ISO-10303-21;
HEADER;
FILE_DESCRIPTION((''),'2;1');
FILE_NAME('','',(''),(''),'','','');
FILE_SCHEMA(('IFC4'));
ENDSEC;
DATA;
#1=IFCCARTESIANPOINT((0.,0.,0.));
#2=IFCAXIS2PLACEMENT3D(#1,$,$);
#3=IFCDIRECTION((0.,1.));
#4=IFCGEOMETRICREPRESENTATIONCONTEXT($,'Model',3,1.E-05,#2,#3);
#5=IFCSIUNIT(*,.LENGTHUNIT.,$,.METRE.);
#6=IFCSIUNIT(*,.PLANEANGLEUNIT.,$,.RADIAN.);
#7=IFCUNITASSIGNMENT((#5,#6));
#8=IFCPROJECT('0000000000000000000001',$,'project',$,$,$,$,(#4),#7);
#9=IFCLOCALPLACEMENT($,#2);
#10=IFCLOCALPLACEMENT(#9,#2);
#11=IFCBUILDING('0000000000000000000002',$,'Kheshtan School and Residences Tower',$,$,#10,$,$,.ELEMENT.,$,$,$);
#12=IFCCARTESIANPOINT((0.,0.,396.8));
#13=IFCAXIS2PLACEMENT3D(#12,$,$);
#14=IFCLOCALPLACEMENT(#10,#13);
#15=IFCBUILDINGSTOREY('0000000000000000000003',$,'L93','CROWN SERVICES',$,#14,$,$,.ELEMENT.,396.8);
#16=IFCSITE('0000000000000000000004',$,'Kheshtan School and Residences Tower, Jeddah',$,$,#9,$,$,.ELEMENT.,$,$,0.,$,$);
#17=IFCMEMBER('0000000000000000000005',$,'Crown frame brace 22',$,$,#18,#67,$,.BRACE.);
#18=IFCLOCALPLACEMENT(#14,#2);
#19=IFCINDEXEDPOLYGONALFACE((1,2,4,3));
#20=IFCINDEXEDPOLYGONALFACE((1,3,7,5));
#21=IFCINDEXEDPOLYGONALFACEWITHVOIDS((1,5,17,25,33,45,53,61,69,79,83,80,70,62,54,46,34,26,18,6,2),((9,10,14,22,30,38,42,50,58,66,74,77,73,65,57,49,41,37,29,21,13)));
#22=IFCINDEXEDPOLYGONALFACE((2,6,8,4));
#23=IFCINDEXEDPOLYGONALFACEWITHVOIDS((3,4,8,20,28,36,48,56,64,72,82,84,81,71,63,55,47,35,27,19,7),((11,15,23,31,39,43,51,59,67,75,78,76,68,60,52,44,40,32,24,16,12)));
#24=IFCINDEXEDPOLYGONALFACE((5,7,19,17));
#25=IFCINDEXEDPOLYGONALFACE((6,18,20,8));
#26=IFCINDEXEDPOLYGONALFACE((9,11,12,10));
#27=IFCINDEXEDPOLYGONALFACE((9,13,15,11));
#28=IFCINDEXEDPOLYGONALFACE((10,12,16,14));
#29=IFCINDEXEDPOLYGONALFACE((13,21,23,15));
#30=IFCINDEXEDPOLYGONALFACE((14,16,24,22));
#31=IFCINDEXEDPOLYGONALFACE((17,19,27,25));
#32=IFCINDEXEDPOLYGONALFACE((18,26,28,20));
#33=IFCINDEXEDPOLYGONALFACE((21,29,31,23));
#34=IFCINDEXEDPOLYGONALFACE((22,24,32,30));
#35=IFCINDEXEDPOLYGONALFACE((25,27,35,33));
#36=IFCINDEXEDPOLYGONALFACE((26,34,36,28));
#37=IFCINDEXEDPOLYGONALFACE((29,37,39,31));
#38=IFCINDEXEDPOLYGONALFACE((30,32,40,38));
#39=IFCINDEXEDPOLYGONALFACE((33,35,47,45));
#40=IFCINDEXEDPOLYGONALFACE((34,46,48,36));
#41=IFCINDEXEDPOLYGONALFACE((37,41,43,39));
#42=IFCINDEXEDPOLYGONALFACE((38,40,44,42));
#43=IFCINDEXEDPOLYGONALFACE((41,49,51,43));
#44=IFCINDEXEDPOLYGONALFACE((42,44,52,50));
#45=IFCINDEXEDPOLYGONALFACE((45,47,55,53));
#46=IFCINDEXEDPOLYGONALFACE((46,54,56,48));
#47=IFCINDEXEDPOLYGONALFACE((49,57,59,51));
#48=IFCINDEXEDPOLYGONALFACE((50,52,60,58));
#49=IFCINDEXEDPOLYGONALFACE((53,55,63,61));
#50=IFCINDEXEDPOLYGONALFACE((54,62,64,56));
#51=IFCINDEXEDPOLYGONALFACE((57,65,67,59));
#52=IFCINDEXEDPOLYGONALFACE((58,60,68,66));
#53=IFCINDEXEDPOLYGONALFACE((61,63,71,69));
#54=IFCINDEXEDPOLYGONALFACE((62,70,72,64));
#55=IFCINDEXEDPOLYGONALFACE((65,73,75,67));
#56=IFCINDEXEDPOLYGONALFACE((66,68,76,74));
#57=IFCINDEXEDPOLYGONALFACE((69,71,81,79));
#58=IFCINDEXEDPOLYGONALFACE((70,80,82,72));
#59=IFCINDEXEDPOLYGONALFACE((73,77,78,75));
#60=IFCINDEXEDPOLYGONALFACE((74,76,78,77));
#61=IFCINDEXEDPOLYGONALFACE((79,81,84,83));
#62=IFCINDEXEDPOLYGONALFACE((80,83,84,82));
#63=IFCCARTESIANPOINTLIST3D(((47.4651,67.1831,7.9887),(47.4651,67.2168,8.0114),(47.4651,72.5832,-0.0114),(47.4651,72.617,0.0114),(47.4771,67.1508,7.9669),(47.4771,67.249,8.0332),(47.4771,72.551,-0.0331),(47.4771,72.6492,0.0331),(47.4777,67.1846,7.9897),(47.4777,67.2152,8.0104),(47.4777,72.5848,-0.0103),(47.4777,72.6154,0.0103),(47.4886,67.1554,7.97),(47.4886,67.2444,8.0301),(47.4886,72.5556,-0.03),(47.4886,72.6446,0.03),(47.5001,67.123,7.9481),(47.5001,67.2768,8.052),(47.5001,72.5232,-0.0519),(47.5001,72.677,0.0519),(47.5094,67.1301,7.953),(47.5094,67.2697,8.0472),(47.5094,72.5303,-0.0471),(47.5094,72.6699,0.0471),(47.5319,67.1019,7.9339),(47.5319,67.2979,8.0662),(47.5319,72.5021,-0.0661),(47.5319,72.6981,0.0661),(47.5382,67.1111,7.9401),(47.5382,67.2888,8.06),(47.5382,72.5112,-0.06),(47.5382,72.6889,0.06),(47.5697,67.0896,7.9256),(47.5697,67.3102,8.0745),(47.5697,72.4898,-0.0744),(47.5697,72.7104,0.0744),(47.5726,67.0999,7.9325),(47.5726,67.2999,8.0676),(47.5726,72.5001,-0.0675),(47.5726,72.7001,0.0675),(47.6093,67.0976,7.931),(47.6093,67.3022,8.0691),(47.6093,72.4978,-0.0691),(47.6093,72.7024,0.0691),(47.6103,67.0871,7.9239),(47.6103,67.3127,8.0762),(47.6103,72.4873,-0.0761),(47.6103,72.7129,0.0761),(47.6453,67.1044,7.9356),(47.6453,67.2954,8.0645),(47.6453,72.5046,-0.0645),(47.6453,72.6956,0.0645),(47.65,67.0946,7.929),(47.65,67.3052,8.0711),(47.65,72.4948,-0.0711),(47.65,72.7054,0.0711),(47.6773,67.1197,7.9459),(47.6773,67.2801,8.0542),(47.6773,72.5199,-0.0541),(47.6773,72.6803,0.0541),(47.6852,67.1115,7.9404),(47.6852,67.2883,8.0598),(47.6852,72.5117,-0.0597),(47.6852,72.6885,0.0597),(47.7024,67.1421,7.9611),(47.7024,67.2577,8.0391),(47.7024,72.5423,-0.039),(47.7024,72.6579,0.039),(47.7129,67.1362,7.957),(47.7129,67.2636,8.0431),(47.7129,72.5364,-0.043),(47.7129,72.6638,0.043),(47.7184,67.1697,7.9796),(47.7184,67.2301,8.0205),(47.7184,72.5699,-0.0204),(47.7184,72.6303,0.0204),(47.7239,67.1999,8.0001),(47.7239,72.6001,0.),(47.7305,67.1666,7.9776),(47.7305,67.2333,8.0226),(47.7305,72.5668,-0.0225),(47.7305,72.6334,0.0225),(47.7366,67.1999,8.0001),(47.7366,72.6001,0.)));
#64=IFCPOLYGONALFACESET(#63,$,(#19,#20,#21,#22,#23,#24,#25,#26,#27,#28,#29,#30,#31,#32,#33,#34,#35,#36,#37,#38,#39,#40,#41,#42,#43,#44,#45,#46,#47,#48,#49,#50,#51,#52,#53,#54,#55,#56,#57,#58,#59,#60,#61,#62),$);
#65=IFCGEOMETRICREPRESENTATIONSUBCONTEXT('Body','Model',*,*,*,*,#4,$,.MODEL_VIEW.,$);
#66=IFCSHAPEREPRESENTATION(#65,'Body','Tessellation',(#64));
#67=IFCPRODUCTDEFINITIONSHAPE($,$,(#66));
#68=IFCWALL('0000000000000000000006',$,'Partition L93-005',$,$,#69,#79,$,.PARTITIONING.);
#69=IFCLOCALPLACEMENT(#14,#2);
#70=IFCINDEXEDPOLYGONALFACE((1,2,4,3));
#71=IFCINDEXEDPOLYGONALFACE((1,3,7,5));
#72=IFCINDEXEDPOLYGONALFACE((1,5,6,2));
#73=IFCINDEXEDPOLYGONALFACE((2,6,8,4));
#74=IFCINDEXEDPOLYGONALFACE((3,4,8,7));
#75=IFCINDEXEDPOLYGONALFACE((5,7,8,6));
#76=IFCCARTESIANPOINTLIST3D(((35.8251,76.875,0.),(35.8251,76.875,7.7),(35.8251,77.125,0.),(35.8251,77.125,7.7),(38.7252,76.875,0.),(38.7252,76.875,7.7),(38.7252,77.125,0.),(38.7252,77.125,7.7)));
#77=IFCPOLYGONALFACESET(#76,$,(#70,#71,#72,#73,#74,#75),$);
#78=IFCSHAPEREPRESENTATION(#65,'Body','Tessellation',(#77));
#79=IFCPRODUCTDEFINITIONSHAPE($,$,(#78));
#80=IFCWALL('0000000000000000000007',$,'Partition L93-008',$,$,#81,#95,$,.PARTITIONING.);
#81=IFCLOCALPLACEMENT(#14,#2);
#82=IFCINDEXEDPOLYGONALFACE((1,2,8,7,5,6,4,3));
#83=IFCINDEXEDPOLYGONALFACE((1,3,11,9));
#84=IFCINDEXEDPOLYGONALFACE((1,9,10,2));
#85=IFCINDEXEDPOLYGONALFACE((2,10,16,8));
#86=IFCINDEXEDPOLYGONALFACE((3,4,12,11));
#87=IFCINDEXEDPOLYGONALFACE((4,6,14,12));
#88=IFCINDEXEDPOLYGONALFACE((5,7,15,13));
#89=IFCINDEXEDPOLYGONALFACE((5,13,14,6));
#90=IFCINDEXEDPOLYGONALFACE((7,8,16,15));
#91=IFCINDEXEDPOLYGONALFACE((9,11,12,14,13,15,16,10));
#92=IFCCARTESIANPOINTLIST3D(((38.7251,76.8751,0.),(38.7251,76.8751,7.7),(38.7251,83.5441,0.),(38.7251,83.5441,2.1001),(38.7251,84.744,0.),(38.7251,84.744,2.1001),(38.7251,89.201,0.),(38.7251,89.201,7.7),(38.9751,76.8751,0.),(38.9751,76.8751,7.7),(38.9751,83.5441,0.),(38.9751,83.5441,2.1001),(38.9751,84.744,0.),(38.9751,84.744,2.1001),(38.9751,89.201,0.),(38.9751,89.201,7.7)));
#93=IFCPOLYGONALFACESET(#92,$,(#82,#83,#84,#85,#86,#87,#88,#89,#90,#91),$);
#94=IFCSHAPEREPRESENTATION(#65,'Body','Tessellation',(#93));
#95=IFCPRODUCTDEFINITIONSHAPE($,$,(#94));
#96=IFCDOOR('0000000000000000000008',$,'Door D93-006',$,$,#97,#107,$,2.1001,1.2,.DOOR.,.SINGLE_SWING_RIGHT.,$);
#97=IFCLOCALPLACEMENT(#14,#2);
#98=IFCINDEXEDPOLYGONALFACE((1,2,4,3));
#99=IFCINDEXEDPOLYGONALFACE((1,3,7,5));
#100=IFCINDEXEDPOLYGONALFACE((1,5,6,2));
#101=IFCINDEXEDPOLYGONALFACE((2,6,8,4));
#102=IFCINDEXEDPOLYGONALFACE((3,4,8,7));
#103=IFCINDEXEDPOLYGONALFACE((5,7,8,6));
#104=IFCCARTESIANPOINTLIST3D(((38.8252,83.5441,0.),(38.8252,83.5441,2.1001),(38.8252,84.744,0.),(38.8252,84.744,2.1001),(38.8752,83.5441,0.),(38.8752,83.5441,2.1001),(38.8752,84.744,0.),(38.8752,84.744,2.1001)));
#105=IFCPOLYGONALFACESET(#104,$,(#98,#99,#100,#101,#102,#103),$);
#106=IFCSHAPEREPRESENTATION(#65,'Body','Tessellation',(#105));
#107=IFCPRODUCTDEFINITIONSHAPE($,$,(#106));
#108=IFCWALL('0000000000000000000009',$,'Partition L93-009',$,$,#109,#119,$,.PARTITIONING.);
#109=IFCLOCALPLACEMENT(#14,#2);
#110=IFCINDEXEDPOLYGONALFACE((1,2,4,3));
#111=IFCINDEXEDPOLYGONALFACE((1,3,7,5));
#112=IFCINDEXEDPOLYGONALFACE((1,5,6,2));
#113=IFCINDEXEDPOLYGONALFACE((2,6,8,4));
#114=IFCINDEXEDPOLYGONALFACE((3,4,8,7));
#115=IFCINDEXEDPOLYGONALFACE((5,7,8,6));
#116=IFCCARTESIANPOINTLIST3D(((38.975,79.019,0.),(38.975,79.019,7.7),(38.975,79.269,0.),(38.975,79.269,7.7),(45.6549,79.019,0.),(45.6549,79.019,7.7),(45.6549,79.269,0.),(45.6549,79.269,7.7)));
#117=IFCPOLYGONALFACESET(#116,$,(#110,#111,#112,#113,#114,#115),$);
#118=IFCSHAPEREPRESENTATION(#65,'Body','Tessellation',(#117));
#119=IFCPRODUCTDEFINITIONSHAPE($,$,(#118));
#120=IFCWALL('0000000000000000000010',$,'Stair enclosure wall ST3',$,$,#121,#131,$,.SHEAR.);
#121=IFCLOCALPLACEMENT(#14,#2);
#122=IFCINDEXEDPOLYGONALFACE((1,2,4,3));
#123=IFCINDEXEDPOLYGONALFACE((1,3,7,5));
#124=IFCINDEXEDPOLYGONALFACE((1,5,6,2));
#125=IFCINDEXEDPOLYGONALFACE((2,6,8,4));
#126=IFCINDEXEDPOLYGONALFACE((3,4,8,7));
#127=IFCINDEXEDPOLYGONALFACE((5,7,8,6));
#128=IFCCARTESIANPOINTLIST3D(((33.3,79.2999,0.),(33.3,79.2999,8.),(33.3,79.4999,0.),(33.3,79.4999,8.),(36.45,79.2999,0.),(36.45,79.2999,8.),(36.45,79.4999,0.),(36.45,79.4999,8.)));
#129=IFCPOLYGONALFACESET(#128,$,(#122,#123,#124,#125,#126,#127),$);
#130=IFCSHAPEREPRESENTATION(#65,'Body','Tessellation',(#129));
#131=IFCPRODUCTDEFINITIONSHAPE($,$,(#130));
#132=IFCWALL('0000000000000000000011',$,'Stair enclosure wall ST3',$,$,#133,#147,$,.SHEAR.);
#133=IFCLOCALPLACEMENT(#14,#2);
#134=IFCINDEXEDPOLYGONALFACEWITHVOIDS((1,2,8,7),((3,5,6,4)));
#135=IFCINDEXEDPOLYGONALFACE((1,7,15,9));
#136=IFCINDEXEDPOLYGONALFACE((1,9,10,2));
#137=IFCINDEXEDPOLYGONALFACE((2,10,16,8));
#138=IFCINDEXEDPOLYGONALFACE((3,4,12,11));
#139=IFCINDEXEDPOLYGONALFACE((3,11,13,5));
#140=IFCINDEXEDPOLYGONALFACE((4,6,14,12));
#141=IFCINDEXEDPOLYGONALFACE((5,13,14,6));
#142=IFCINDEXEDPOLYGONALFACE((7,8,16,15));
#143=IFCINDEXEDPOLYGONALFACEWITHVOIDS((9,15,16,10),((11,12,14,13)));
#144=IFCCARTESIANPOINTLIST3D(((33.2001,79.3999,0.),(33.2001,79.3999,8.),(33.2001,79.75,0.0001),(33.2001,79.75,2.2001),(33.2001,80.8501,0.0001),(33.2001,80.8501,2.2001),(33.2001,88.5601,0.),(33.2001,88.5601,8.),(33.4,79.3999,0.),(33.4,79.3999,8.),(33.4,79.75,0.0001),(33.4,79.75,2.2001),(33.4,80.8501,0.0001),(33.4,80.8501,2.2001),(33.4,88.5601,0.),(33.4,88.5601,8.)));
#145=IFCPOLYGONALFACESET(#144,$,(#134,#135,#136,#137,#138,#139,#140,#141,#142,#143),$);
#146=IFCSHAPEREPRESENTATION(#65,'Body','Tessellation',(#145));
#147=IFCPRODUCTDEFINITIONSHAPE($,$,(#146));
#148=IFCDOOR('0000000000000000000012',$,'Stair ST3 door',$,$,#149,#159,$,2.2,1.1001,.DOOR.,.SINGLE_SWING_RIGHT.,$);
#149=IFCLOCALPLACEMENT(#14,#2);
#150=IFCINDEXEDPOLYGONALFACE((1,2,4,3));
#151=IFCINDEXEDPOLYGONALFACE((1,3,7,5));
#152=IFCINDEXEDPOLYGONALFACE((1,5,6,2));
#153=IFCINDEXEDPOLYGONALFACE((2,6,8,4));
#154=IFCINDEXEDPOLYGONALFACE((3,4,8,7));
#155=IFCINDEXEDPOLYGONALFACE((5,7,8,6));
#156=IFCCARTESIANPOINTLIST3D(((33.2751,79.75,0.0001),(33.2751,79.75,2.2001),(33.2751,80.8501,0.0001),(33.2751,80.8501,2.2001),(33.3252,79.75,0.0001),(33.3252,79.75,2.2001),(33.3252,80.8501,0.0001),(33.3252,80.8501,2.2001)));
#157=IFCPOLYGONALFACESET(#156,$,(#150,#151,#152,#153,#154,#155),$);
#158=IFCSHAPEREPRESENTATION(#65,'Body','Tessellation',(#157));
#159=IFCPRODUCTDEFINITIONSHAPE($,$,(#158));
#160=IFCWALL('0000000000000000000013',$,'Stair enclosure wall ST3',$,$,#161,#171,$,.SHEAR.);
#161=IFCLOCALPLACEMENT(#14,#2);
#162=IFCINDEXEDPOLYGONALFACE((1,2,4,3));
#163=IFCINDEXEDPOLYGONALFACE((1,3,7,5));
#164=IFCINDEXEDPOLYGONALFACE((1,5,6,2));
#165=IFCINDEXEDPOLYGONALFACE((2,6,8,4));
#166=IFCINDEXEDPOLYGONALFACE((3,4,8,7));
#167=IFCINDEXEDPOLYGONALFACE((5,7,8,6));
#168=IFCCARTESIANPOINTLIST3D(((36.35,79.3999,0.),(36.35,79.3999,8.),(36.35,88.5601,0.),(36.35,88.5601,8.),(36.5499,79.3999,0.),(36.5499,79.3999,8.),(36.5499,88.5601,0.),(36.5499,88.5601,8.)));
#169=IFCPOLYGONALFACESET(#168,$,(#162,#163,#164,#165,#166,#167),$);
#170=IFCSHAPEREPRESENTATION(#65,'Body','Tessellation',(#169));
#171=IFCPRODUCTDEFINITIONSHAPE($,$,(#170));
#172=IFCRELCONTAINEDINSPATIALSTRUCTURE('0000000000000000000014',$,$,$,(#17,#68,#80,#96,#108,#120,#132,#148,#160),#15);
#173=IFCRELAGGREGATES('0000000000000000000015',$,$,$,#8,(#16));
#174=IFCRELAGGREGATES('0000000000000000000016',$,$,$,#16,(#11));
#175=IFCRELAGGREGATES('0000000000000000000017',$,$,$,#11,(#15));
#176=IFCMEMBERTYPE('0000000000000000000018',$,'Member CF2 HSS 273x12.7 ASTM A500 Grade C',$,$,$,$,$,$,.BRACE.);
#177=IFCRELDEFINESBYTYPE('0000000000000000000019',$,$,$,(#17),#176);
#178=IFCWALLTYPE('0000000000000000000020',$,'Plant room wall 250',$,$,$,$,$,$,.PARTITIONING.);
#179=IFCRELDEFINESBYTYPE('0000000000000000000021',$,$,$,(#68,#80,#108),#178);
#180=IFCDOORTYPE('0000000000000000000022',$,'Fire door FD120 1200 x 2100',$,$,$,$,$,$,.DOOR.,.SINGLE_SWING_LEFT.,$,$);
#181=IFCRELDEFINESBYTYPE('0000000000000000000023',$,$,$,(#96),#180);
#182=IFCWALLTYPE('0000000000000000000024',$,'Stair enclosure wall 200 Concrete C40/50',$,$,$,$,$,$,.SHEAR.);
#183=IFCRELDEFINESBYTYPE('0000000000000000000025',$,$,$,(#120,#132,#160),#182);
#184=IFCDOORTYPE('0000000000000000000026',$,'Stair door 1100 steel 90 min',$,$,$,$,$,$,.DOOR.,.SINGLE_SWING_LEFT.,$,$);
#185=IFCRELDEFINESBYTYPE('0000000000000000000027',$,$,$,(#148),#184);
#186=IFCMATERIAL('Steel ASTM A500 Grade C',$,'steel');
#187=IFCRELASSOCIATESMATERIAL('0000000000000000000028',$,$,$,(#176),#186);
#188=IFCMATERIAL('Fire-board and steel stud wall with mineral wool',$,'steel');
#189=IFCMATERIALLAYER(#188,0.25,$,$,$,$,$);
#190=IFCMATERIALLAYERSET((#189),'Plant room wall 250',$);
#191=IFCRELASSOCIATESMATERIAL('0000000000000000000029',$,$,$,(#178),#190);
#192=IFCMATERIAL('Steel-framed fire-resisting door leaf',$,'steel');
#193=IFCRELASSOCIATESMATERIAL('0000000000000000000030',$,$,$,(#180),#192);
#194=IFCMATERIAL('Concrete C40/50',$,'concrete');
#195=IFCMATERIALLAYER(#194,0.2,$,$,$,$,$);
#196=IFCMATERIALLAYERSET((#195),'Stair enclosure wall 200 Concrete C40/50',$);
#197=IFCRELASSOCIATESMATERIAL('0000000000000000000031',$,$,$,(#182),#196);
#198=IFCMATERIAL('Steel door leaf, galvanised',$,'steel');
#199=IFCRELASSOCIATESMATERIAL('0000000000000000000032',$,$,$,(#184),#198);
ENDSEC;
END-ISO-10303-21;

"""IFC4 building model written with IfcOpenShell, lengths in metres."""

from ifc_helpers import new_model, si_unit, direction, frame, frame_2d, origin, origin_2d, place, context, subcontext, project, spatial, rectangle, hollow_circle, extrude, source, transform, mapped, material, layer, layer_set, material_profile, profile_set, type_object, element, fill, save


model = new_model("IFC4")

# Units and contexts
model_context = context("Model", 3, precision=1e-05, world=origin(), true_north=direction((0.0, 1.0)))
body_context = subcontext(model_context, "Body", "Model", "MODEL_VIEW")
ifc_project = project(units=[si_unit("LENGTHUNIT", "METRE"), si_unit("PLANEANGLEUNIT", "RADIAN")], contexts=[model_context])

# Site, building, storey
site_placement = place(None, origin())
site = spatial("IfcSite", under=ifc_project, at=site_placement, Name="Kheshtan School and Residences Tower, Jeddah", CompositionType="ELEMENT", RefElevation=0.0)
building_placement = place(site_placement, origin())
building = spatial("IfcBuilding", under=site, at=building_placement, Name="Kheshtan School and Residences Tower", CompositionType="ELEMENT")
storey_placement = place(building_placement, frame((0.0, 0.0, 396.8)))
storey = spatial("IfcBuildingStorey", under=building, at=storey_placement, Name="L93", Description="CROWN SERVICES", CompositionType="ELEMENT", Elevation=396.8)

# Shared definitions
ifc_material_1 = material(Name="Steel ASTM A500 Grade C", Category="steel")

# Member
ifc_material_profile_1 = material_profile(ifc_material_1, hollow_circle(Radius=0.1365, WallThickness=0.0127, at=origin_2d()), Name="HSS 273x12.7")
ifc_profile_set_1 = profile_set([ifc_material_profile_1], Name="Steel ASTM A500 Grade C")
member_type = type_object("IfcMemberType", Name="Member CF2 HSS 273x12.7 ASTM A500 Grade C", PredefinedType="BRACE", material=ifc_profile_set_1)
member_1_placement = place(storey_placement, frame((47.6001, 72.6001, 0.0), z_axis=(0.0, -0.559483, 0.828842), x_axis=(1.0, 0.0, 0.0)))
element("IfcMember", 1, at=member_1_placement, inside=storey, type_object=member_type, Name="Crown frame brace 22", PredefinedType="BRACE", context=body_context, shape_type="SweptSolid", body=[
    extrude(hollow_circle(Radius=0.1365, WallThickness=0.0127, at=origin_2d()), origin(), (0.0, 0.0, 1.0), 9.6521),
])

# Wall
ifc_material_2 = material(Name="Fire-board and steel stud wall with mineral wool", Category="steel")
ifc_layer_1 = layer(ifc_material_2, 0.25)
ifc_layer_set_1 = layer_set([ifc_layer_1], Name="Plant room wall 250")
wall_type_1 = type_object("IfcWallType", Name="Plant room wall 250", PredefinedType="PARTITIONING", material=ifc_layer_set_1)
wall_1_placement = place(storey_placement, frame((35.825, 77.0, 0.0), z_axis=(0.0, 0.0, 1.0), x_axis=(1.0, 0.0, 0.0)))
element("IfcWall", 2, at=wall_1_placement, inside=storey, type_object=wall_type_1, Name="Partition L93-005", PredefinedType="PARTITIONING", context=body_context, shape_type="SweptSolid", body=[
    extrude(rectangle(XDim=2.9001, YDim=0.25, at=frame_2d((1.4502, 0.0))), origin(), (0.0, 0.0, 1.0), 7.7),
])

# Wall, opening, door
wall_2_placement = place(storey_placement, frame((38.8501, 76.875, 0.0), z_axis=(0.0, 0.0, 1.0), x_axis=(0.0, 1.0, 0.0)))
wall_2 = element("IfcWall", 3, at=wall_2_placement, inside=storey, type_object=wall_type_1, Name="Partition L93-008", PredefinedType="PARTITIONING", context=body_context, shape_type="SweptSolid", body=[
    extrude(rectangle(XDim=12.3259, YDim=0.25, at=frame_2d((6.1631, 0.0))), origin(), (0.0, 0.0, 1.0), 7.7),
])
opening_1_placement = place(wall_2_placement, frame((6.6689, 0.0, 0.0)))
opening_1 = element("IfcOpeningElement", 4, at=opening_1_placement, cuts=wall_2, PredefinedType="OPENING", context=body_context, shape_type="SweptSolid", body=[
    extrude(rectangle(XDim=1.2, YDim=2.1001, at=frame_2d((0.6001, 1.05))), frame((0.0, 0.135, 0.0), z_axis=(0.0, -1.0, 0.0), x_axis=(1.0, 0.0, 0.0)), (0.0, 0.0, 1.0), 0.27),
])
ifc_material_3 = material(Name="Steel-framed fire-resisting door leaf", Category="steel")
door_type_1 = type_object("IfcDoorType", Name="Fire door FD120 1200 x 2100", OperationType="SINGLE_SWING_LEFT", PredefinedType="DOOR", material=ifc_material_3)
shared_shape_1 = source(origin(), body_context, "Body", "SweptSolid", [
    extrude(rectangle(XDim=1.2, YDim=2.1001, at=frame_2d((0.6001, 1.05))), frame((0.0, 0.0249, 0.0), z_axis=(0.0, -1.0, 0.0), x_axis=(1.0, 0.0, 0.0)), (0.0, 0.0, 1.0), 0.05),
])
door_1_placement = place(opening_1_placement, origin())
door_1 = element("IfcDoor", 5, at=door_1_placement, inside=storey, type_object=door_type_1, Name="Door D93-006", OperationType="SINGLE_SWING_RIGHT", OverallHeight=2.1001, OverallWidth=1.2, PredefinedType="DOOR", context=body_context, shape_type="MappedRepresentation", body=[
    mapped(shared_shape_1, transform((0.0, 0.0, 0.0), x_axis=(1.0, 0.0, 0.0), y_axis=(0.0, 1.0, 0.0), z_axis=(0.0, 0.0, 1.0), scale=1.0)),
])
fill(opening_1, door_1)

# Walls
wall_3_placement = place(storey_placement, frame((38.9751, 79.144, 0.0), z_axis=(0.0, 0.0, 1.0), x_axis=(1.0, 0.0, 0.0)))
element("IfcWall", 6, at=wall_3_placement, inside=storey, type_object=wall_type_1, Name="Partition L93-009", PredefinedType="PARTITIONING", context=body_context, shape_type="SweptSolid", body=[
    extrude(rectangle(XDim=6.6799, YDim=0.25, at=frame_2d((3.3398, 0.0))), origin(), (0.0, 0.0, 1.0), 7.7),
])
ifc_material_4 = material(Name="Concrete C40/50", Category="concrete")
ifc_layer_2 = layer(ifc_material_4, 0.2)
ifc_layer_set_2 = layer_set([ifc_layer_2], Name="Stair enclosure wall 200 Concrete C40/50")
wall_type_2 = type_object("IfcWallType", Name="Stair enclosure wall 200 Concrete C40/50", PredefinedType="SHEAR", material=ifc_layer_set_2)
wall_4_placement = place(storey_placement, frame((33.3, 79.3999, 0.0), z_axis=(0.0, 0.0, 1.0), x_axis=(1.0, 0.0, 0.0)))
element("IfcWall", 7, at=wall_4_placement, inside=storey, type_object=wall_type_2, Name="Stair enclosure wall ST3", PredefinedType="SHEAR", context=body_context, shape_type="SweptSolid", body=[
    extrude(rectangle(XDim=3.1499, YDim=0.2, at=frame_2d((1.575, 0.0))), origin(), (0.0, 0.0, 1.0), 8.0),
])

# Wall, opening, door
wall_5_placement = place(storey_placement, frame((33.3, 79.3999, 0.0), z_axis=(0.0, 0.0, 1.0), x_axis=(0.0, 1.0, 0.0)))
wall_5 = element("IfcWall", 8, at=wall_5_placement, inside=storey, type_object=wall_type_2, Name="Stair enclosure wall ST3", PredefinedType="SHEAR", context=body_context, shape_type="SweptSolid", body=[
    extrude(rectangle(XDim=9.1602, YDim=0.2, at=frame_2d((4.5801, 0.0))), origin(), (0.0, 0.0, 1.0), 8.0),
])
opening_2_placement = place(wall_5_placement, frame((0.3501, 0.0, 0.0)))
opening_2 = element("IfcOpeningElement", 9, at=opening_2_placement, cuts=wall_5, PredefinedType="OPENING", context=body_context, shape_type="SweptSolid", body=[
    extrude(rectangle(XDim=1.1001, YDim=2.2, at=frame_2d((0.55, 1.1001))), frame((0.0, 0.1099, 0.0), z_axis=(0.0, -1.0, 0.0), x_axis=(1.0, 0.0, 0.0)), (0.0, 0.0, 1.0), 0.22),
])
ifc_material_5 = material(Name="Steel door leaf, galvanised", Category="steel")
door_type_2 = type_object("IfcDoorType", Name="Stair door 1100 steel 90 min", OperationType="SINGLE_SWING_LEFT", PredefinedType="DOOR", material=ifc_material_5)
shared_shape_2 = source(origin(), body_context, "Body", "SweptSolid", [
    extrude(rectangle(XDim=1.1001, YDim=2.2, at=frame_2d((0.55, 1.1001))), frame((0.0, 0.0249, 0.0), z_axis=(0.0, -1.0, 0.0), x_axis=(1.0, 0.0, 0.0)), (0.0, 0.0, 1.0), 0.05),
])
door_2_placement = place(opening_2_placement, origin())
door_2 = element("IfcDoor", 10, at=door_2_placement, inside=storey, type_object=door_type_2, Name="Stair ST3 door", OperationType="SINGLE_SWING_RIGHT", OverallHeight=2.2, OverallWidth=1.1001, PredefinedType="DOOR", context=body_context, shape_type="MappedRepresentation", body=[
    mapped(shared_shape_2, transform((0.0, 0.0, 0.0), x_axis=(1.0, 0.0, 0.0), y_axis=(0.0, 1.0, 0.0), z_axis=(0.0, 0.0, 1.0), scale=1.0)),
])
fill(opening_2, door_2)

# Wall
wall_6_placement = place(storey_placement, frame((36.45, 79.3999, 0.0), z_axis=(0.0, 0.0, 1.0), x_axis=(0.0, 1.0, 0.0)))
element("IfcWall", 11, at=wall_6_placement, inside=storey, type_object=wall_type_2, Name="Stair enclosure wall ST3", PredefinedType="SHEAR", context=body_context, shape_type="SweptSolid", body=[
    extrude(rectangle(XDim=9.1602, YDim=0.2, at=frame_2d((4.5801, 0.0))), origin(), (0.0, 0.0, 1.0), 8.0),
])

save(model, "model.ifc")
